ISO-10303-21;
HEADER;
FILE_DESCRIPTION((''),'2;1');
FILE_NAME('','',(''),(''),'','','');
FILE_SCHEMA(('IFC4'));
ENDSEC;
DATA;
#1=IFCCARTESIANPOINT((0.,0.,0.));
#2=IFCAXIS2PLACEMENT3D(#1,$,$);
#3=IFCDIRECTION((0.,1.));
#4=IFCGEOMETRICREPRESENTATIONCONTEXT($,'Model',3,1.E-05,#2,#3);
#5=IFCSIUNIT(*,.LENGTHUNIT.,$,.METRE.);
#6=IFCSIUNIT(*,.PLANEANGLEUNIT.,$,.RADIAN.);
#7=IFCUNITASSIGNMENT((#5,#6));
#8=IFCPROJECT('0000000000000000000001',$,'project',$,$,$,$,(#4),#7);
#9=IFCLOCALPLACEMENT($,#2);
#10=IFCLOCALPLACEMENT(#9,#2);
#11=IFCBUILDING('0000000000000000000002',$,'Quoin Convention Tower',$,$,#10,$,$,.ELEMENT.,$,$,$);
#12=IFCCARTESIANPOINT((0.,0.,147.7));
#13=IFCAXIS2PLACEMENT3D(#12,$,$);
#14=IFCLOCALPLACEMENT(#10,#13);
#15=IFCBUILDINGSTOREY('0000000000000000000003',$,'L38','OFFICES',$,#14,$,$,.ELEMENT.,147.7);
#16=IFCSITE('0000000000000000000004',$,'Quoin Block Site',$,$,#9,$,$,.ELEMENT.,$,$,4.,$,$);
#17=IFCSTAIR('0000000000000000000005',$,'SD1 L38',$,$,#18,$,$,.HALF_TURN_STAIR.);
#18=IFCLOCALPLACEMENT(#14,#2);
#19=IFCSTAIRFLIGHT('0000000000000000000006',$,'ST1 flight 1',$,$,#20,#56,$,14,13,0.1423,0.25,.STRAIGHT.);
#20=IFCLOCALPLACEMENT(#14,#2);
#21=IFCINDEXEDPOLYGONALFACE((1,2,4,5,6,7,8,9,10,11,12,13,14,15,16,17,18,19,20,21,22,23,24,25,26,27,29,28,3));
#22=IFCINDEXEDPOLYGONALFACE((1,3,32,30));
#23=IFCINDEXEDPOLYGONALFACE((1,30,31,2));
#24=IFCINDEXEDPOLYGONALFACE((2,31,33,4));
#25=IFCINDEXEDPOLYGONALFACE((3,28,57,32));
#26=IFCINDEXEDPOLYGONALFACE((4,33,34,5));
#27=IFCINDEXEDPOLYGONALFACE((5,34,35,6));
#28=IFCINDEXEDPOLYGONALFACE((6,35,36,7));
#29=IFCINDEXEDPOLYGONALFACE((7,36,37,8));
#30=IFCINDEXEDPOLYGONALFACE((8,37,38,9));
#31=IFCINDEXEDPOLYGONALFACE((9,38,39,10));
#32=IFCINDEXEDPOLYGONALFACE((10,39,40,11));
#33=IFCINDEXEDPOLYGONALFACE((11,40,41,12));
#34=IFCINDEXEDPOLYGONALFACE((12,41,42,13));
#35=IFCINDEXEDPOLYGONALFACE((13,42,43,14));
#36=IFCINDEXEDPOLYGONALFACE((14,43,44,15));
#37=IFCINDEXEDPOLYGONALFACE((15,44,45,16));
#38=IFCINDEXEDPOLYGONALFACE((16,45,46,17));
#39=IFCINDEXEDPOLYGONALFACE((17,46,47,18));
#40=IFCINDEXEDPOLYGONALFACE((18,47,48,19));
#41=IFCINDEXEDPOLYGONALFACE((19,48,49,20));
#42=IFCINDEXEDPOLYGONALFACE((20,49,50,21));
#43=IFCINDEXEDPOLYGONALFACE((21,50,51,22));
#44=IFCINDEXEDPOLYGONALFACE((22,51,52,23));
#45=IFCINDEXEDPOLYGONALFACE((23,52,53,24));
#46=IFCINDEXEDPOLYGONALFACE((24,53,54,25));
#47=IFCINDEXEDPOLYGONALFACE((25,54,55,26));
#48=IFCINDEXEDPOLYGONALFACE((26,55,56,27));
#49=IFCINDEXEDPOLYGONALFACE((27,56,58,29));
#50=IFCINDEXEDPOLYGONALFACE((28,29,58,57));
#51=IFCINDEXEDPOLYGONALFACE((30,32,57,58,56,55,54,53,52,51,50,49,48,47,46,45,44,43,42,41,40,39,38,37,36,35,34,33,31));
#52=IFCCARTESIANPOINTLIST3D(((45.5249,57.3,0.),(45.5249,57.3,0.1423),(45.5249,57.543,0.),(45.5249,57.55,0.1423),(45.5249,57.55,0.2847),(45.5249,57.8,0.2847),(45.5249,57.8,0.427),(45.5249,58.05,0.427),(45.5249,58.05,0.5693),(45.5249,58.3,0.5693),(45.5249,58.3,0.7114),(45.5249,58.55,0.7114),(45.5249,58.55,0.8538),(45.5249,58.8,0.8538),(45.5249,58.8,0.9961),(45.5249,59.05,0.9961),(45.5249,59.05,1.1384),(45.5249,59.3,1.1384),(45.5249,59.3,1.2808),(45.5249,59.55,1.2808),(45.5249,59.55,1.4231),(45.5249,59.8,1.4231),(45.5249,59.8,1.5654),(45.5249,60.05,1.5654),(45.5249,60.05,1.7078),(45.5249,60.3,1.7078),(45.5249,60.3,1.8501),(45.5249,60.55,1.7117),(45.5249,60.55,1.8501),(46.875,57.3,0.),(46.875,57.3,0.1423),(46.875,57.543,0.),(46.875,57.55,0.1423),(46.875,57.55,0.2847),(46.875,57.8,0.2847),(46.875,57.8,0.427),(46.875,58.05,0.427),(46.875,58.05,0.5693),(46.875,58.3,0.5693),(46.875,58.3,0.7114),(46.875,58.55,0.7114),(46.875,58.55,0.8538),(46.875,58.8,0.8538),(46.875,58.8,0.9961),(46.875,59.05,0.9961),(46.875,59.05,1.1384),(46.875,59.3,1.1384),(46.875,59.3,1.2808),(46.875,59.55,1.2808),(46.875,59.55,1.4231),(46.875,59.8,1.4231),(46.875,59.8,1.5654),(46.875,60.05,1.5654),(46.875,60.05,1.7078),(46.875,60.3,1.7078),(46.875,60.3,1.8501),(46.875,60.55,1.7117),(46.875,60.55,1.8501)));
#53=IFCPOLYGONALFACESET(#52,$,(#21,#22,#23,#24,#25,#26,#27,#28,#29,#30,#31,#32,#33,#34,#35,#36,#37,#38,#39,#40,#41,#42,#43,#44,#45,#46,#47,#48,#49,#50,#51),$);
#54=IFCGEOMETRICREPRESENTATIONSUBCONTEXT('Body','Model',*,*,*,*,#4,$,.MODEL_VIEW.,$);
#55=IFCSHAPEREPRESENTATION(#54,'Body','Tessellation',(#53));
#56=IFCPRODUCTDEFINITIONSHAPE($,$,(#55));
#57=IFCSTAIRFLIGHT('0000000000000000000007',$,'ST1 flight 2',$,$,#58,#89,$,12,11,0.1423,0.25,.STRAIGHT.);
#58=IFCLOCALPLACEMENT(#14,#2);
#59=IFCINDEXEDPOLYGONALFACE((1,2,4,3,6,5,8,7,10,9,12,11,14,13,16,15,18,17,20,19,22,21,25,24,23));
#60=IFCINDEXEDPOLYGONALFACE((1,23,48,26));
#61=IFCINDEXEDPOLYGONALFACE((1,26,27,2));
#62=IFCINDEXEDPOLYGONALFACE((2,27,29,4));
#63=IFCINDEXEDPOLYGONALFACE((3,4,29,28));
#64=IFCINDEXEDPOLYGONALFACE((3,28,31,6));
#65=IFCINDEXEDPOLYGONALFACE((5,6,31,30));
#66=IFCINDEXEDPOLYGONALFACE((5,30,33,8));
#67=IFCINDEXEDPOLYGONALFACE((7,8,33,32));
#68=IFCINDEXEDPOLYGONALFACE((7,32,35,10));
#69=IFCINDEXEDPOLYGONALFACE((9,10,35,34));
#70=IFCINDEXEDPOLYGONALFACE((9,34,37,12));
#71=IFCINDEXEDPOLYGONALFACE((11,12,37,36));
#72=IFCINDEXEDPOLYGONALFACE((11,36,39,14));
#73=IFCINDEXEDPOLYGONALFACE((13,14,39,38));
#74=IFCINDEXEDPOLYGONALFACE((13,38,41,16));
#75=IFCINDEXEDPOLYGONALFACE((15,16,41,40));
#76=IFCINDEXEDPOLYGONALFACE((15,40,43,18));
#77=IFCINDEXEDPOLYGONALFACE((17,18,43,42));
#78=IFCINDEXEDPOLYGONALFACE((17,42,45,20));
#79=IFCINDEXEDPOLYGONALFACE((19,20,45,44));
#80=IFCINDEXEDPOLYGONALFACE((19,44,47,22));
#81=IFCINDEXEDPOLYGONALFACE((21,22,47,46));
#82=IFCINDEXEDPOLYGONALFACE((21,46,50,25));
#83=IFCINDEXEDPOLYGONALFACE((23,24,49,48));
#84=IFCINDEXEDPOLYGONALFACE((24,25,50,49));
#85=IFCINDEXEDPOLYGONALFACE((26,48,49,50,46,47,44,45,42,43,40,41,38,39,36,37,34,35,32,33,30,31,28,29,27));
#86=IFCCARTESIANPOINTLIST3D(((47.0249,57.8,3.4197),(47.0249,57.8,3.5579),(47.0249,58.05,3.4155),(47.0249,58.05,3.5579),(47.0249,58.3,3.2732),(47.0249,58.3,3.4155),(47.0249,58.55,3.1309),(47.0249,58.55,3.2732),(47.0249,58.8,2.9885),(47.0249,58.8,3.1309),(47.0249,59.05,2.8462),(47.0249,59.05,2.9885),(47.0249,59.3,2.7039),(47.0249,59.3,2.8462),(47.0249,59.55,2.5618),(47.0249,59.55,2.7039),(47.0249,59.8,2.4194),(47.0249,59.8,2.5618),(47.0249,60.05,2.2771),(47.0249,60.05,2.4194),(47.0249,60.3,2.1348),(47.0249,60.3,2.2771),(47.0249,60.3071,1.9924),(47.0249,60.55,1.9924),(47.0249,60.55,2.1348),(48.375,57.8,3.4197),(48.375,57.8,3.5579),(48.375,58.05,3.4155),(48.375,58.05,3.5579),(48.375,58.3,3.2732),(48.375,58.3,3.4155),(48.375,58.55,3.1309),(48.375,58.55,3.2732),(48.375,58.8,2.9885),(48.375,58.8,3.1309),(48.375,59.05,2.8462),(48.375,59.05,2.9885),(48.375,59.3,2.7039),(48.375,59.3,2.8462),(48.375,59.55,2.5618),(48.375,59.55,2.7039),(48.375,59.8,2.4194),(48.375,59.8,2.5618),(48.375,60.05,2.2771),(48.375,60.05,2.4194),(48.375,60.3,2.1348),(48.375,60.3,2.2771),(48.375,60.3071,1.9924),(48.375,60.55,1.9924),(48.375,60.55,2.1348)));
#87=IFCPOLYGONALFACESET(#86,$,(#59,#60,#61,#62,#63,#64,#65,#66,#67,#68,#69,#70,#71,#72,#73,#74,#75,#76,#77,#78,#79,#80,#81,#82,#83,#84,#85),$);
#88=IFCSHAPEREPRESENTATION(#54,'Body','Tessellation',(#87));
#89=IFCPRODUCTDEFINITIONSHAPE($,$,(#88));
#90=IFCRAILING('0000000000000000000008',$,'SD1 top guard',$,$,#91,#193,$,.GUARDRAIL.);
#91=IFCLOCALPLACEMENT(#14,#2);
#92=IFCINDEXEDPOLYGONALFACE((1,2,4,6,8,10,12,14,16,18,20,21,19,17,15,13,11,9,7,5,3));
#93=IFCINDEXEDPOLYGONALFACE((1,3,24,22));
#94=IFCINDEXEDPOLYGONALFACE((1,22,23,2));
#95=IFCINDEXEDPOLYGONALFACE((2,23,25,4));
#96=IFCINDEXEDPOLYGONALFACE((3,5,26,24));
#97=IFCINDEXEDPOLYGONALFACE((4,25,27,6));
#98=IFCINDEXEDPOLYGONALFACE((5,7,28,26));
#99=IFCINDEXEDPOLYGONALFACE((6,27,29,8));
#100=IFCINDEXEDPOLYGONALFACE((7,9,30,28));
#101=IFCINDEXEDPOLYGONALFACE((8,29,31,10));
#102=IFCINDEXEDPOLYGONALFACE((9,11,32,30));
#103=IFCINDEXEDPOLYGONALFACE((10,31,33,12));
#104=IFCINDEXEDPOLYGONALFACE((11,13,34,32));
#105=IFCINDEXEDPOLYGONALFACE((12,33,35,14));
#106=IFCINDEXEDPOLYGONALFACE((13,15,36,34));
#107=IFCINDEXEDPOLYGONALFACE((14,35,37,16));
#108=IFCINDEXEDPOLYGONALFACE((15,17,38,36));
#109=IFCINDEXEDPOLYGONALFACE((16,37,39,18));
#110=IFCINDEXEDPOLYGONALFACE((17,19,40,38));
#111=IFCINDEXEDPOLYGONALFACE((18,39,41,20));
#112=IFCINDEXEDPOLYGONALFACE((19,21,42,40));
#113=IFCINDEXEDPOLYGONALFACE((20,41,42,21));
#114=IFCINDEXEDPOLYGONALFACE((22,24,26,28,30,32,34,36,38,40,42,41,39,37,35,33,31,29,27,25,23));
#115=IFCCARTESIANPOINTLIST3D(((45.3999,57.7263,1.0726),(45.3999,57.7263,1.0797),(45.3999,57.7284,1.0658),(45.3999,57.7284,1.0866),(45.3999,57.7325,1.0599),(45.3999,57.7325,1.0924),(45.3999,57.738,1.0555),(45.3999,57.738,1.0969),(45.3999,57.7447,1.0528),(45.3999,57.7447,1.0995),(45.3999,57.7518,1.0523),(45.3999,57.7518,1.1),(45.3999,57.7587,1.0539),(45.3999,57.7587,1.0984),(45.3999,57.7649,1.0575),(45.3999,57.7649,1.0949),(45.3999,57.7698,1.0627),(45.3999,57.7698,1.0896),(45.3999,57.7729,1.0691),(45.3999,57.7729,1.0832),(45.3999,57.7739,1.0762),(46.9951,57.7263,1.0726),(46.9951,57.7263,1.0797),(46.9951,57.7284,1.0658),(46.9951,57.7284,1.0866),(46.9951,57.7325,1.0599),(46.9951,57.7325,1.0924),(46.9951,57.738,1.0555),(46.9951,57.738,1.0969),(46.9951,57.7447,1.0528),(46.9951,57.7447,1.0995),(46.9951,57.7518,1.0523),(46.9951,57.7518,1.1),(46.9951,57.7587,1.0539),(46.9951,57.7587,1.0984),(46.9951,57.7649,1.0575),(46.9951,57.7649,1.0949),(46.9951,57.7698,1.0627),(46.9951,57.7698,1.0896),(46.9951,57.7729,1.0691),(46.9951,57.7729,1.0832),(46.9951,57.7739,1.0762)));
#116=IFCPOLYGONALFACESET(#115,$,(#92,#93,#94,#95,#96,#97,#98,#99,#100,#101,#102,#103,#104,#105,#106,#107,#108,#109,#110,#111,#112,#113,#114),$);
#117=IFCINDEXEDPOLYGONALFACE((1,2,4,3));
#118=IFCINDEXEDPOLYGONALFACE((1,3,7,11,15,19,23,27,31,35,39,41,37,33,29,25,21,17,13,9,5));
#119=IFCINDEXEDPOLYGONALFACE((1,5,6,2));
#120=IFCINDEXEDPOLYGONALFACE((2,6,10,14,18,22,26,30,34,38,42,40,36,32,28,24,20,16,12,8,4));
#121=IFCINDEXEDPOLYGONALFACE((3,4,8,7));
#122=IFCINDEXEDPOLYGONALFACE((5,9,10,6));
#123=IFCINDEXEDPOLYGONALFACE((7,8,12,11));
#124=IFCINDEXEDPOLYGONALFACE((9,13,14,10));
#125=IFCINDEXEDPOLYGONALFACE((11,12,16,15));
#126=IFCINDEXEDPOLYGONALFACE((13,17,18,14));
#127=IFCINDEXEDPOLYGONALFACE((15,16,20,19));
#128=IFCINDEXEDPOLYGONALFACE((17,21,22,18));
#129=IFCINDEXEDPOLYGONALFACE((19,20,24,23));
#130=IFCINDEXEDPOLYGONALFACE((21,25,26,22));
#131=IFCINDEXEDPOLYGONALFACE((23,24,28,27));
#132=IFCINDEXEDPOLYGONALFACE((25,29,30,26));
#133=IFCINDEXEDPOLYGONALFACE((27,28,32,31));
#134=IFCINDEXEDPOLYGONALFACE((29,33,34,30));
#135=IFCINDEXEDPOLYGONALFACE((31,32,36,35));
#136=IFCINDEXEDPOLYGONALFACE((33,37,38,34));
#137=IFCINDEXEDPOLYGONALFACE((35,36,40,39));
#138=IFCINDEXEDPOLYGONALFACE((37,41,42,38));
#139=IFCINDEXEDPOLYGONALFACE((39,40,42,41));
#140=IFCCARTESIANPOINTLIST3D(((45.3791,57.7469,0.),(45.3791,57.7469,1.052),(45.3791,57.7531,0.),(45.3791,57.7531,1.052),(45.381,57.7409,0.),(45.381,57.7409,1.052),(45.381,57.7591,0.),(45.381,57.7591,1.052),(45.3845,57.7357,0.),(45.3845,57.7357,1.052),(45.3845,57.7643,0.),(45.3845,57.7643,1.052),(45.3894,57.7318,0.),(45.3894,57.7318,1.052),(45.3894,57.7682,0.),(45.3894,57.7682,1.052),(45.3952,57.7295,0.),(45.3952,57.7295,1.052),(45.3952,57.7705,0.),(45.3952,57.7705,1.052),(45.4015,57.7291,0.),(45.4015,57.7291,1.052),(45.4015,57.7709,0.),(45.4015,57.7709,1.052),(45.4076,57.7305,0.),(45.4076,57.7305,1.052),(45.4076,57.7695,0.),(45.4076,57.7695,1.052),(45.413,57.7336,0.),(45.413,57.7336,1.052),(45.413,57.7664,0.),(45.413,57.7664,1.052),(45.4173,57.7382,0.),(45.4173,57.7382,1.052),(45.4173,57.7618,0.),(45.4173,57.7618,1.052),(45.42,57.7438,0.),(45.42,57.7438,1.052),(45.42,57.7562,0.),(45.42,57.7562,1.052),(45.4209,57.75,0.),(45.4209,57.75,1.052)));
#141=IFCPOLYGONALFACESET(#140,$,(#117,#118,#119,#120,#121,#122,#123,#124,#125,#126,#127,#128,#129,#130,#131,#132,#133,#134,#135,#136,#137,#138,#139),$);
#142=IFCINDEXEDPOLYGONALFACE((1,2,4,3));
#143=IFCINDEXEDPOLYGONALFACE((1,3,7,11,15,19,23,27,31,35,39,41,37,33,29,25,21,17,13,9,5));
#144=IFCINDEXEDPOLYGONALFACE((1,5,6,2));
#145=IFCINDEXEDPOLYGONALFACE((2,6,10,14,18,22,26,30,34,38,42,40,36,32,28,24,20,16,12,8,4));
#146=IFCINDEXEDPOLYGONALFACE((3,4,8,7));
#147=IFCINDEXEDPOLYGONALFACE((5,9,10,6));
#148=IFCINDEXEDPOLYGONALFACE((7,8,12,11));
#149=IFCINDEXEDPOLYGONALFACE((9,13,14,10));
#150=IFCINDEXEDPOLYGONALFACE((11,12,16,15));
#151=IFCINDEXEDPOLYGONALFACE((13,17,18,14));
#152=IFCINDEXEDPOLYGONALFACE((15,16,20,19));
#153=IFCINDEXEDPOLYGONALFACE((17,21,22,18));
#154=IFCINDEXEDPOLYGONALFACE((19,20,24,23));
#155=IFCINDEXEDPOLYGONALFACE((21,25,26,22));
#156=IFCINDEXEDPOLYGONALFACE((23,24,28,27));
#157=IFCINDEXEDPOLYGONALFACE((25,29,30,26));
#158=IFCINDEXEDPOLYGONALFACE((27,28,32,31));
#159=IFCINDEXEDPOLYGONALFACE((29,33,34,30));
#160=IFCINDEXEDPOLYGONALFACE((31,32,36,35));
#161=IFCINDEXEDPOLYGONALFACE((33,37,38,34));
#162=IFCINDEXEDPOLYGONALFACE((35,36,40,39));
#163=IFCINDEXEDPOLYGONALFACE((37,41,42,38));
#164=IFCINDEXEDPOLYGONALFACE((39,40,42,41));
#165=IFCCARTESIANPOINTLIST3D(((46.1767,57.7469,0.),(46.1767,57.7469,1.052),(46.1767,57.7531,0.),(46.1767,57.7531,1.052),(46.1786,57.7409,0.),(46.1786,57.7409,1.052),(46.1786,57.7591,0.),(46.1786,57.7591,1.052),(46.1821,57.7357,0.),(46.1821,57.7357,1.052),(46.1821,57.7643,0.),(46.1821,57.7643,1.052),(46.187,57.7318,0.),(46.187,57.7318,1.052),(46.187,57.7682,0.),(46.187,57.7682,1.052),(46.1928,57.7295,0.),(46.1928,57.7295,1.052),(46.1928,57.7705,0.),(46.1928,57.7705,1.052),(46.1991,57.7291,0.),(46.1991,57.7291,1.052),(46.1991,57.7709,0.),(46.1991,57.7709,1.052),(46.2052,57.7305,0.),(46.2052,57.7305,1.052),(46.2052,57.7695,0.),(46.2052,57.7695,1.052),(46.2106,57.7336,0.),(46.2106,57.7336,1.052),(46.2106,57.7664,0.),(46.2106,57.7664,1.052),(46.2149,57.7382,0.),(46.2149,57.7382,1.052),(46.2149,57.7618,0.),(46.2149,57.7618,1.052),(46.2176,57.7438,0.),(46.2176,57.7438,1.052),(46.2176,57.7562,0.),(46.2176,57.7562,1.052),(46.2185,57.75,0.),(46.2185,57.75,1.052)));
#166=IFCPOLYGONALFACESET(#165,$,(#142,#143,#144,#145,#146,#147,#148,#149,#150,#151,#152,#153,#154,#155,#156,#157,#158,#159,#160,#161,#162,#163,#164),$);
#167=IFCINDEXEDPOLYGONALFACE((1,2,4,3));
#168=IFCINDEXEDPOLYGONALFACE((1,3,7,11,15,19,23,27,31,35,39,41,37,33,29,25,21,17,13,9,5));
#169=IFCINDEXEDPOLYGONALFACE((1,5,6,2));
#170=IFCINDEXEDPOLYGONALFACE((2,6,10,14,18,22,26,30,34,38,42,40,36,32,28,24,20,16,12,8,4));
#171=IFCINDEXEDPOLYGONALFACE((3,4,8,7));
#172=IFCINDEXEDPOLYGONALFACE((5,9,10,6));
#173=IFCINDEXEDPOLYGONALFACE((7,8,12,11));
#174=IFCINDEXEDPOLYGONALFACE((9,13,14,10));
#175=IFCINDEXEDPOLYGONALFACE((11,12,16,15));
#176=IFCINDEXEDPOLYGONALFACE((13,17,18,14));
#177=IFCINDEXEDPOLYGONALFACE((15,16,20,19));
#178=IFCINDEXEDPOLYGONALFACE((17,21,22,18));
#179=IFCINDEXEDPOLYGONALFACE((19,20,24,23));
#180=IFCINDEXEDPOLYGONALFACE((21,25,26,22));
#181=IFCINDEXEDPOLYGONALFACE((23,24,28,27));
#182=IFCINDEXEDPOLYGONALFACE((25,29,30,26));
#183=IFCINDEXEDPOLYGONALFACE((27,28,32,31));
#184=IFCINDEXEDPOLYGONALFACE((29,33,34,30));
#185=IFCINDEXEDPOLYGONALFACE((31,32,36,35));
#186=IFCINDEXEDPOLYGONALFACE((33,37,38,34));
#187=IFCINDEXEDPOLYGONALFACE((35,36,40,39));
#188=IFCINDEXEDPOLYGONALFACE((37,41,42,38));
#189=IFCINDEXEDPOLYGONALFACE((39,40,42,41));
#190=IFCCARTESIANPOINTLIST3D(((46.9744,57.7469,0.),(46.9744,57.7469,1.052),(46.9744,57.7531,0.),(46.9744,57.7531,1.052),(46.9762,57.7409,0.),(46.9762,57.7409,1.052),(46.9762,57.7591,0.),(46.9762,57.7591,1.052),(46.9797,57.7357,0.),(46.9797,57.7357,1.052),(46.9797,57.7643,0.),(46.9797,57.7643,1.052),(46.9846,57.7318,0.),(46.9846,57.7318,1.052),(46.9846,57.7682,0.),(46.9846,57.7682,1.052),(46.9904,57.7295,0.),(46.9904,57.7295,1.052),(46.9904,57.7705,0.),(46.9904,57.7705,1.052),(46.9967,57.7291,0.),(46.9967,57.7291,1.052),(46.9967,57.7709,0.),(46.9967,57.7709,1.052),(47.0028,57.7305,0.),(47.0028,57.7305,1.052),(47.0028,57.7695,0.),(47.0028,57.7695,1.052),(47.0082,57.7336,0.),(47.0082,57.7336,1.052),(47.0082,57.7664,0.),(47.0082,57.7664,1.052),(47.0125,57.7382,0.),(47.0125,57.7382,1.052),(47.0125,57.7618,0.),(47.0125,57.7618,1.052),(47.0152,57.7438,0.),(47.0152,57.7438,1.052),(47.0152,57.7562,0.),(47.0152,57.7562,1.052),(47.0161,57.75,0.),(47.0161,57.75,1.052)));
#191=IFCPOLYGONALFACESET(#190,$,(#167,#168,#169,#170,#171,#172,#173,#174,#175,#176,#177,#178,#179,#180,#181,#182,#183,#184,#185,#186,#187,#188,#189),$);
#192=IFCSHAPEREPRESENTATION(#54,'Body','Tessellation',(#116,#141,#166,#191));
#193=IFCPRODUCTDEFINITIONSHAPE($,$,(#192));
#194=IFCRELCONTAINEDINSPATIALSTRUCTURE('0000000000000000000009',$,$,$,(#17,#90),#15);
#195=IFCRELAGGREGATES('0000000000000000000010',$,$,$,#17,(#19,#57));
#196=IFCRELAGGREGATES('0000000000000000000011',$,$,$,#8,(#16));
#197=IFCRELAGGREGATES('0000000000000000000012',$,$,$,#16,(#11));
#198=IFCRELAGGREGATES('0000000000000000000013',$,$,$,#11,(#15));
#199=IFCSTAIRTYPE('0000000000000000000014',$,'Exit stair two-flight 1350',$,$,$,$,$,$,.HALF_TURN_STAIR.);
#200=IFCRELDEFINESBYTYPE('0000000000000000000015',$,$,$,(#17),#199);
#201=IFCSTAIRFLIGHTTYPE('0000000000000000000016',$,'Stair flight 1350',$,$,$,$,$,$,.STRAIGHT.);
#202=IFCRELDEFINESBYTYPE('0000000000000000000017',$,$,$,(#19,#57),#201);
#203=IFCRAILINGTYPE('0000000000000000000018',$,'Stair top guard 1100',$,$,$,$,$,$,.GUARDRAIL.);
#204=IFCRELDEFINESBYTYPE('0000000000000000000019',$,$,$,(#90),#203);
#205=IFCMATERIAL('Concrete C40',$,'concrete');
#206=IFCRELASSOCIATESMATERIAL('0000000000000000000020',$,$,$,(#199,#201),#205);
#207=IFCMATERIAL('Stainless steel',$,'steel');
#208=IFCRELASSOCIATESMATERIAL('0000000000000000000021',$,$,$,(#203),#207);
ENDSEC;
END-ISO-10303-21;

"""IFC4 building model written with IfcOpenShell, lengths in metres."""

from ifc_helpers import new_model, si_unit, direction, frame, origin, origin_2d, place, context, subcontext, project, spatial, polyline, circle, outline, extrude, material, type_object, element, aggregate, save


model = new_model("IFC4")

# Units and contexts
model_context = context("Model", 3, precision=1e-05, world=origin(), true_north=direction((0.0, 1.0)))
body_context = subcontext(model_context, "Body", "Model", "MODEL_VIEW")
ifc_project = project(units=[si_unit("LENGTHUNIT", "METRE"), si_unit("PLANEANGLEUNIT", "RADIAN")], contexts=[model_context])

# Site, building, storey
site_placement = place(None, origin())
site = spatial("IfcSite", under=ifc_project, at=site_placement, Name="Quoin Block Site", CompositionType="ELEMENT", RefElevation=4.0)
building_placement = place(site_placement, origin())
building = spatial("IfcBuilding", under=site, at=building_placement, Name="Quoin Convention Tower", CompositionType="ELEMENT")
storey_placement = place(building_placement, frame((0.0, 0.0, 147.7)))
storey = spatial("IfcBuildingStorey", under=building, at=storey_placement, Name="L38", Description="OFFICES", CompositionType="ELEMENT", Elevation=147.7)

# Stair, stair flights
ifc_material_1 = material(Name="Concrete C40", Category="concrete")
stair_type = type_object("IfcStairType", Name="Exit stair two-flight 1350", PredefinedType="HALF_TURN_STAIR", material=ifc_material_1)
stair_placement = place(storey_placement, origin())
stair = element("IfcStair", 1, at=stair_placement, inside=storey, type_object=stair_type, Name="SD1 L38", PredefinedType="HALF_TURN_STAIR")
stair_flight_type = type_object("IfcStairFlightType", Name="Stair flight 1350", PredefinedType="STRAIGHT", material=ifc_material_1)
stair_flight_1_placement = place(storey_placement, frame((46.2, 57.3, 0.0), z_axis=(0.0, 0.0, 1.0), x_axis=(0.0, 1.0, 0.0)))
stair_flight_1 = element("IfcStairFlight", 2, at=stair_flight_1_placement, type_object=stair_flight_type, Name="ST1 flight 1", NumberOfRisers=14, NumberOfTreads=13, PredefinedType="STRAIGHT", RiserHeight=0.1423, TreadLength=0.25, context=body_context, shape_type="SweptSolid", body=[
    extrude(outline(polyline([(0.0, 0.0), (0.0, 0.1423), (0.25, 0.1423), (0.25, 0.2847), (0.5, 0.2847), (0.5, 0.427), (0.75, 0.427), (0.75, 0.5693), (1.0, 0.5693), (1.0, 0.7114), (1.25, 0.7114), (1.25, 0.8538), (1.5, 0.8538), (1.5, 0.9961), (1.75, 0.9961), (1.75, 1.1384), (2.0, 1.1384), (2.0, 1.2808), (2.25, 1.2808), (2.25, 1.4231), (2.5, 1.4231), (2.5, 1.5654), (2.75, 1.5654), (2.75, 1.7078), (3.0, 1.7078), (3.0, 1.8501), (3.25, 1.8501), (3.25, 1.9922), (3.25, 1.7117), (0.2429, 0.0), (0.0, 0.0)])), frame((0.0, 0.675, 0.0), z_axis=(0.0, -1.0, 0.0), x_axis=(1.0, 0.0, 0.0)), (0.0, 0.0, 1.0), 1.3501),
])
stair_flight_2_placement = place(storey_placement, frame((47.7, 60.55, 1.9924), z_axis=(0.0, 0.0, 1.0), x_axis=(0.0, -1.0, 0.0)))
stair_flight_2 = element("IfcStairFlight", 3, at=stair_flight_2_placement, type_object=stair_flight_type, Name="ST1 flight 2", NumberOfRisers=12, NumberOfTreads=11, PredefinedType="STRAIGHT", RiserHeight=0.1423, TreadLength=0.25, context=body_context, shape_type="SweptSolid", body=[
    extrude(outline(polyline([(0.0, 0.0), (0.0, 0.1423), (0.25, 0.1423), (0.25, 0.2847), (0.5, 0.2847), (0.5, 0.427), (0.75, 0.427), (0.75, 0.5693), (1.0, 0.5693), (1.0, 0.7114), (1.25, 0.7114), (1.25, 0.8538), (1.5, 0.8538), (1.5, 0.9961), (1.75, 0.9961), (1.75, 1.1384), (2.0, 1.1384), (2.0, 1.2808), (2.25, 1.2808), (2.25, 1.4231), (2.5, 1.4231), (2.5, 1.5654), (2.75, 1.5654), (2.75, 1.7078), (2.75, 1.4272), (0.2429, 0.0), (0.0, 0.0)])), frame((0.0, 0.675, 0.0), z_axis=(0.0, -1.0, 0.0), x_axis=(1.0, 0.0, 0.0)), (0.0, 0.0, 1.0), 1.3501),
])
aggregate(stair, [stair_flight_1, stair_flight_2])

# Railing
ifc_material_2 = material(Name="Stainless steel", Category="steel")
railing_type_1 = type_object("IfcRailingType", Name="Stair top guard 1100", PredefinedType="GUARDRAIL", material=ifc_material_2)
railing_1_placement = place(storey_placement, frame((45.3999, 57.75, 0.0)))
element("IfcRailing", 4, at=railing_1_placement, inside=storey, type_object=railing_type_1, Name="SD1 top guard", PredefinedType="GUARDRAIL", context=body_context, shape_type="SweptSolid", body=[
    extrude(circle(Radius=0.0239, at=origin_2d()), frame((0.0, 0.0, 1.0762), z_axis=(1.0, 0.0, 0.0), x_axis=(0.0, 1.0, 0.0)), (0.0, 0.0, 1.0), 1.5952),
    extrude(circle(Radius=0.021, at=origin_2d()), origin(), (0.0, 0.0, 1.0), 1.052),
    extrude(circle(Radius=0.021, at=origin_2d()), frame((0.7976, 0.0, 0.0)), (0.0, 0.0, 1.0), 1.052),
    extrude(circle(Radius=0.021, at=origin_2d()), frame((1.5952, 0.0, 0.0)), (0.0, 0.0, 1.0), 1.052),
])

save(model, "model.ifc")
